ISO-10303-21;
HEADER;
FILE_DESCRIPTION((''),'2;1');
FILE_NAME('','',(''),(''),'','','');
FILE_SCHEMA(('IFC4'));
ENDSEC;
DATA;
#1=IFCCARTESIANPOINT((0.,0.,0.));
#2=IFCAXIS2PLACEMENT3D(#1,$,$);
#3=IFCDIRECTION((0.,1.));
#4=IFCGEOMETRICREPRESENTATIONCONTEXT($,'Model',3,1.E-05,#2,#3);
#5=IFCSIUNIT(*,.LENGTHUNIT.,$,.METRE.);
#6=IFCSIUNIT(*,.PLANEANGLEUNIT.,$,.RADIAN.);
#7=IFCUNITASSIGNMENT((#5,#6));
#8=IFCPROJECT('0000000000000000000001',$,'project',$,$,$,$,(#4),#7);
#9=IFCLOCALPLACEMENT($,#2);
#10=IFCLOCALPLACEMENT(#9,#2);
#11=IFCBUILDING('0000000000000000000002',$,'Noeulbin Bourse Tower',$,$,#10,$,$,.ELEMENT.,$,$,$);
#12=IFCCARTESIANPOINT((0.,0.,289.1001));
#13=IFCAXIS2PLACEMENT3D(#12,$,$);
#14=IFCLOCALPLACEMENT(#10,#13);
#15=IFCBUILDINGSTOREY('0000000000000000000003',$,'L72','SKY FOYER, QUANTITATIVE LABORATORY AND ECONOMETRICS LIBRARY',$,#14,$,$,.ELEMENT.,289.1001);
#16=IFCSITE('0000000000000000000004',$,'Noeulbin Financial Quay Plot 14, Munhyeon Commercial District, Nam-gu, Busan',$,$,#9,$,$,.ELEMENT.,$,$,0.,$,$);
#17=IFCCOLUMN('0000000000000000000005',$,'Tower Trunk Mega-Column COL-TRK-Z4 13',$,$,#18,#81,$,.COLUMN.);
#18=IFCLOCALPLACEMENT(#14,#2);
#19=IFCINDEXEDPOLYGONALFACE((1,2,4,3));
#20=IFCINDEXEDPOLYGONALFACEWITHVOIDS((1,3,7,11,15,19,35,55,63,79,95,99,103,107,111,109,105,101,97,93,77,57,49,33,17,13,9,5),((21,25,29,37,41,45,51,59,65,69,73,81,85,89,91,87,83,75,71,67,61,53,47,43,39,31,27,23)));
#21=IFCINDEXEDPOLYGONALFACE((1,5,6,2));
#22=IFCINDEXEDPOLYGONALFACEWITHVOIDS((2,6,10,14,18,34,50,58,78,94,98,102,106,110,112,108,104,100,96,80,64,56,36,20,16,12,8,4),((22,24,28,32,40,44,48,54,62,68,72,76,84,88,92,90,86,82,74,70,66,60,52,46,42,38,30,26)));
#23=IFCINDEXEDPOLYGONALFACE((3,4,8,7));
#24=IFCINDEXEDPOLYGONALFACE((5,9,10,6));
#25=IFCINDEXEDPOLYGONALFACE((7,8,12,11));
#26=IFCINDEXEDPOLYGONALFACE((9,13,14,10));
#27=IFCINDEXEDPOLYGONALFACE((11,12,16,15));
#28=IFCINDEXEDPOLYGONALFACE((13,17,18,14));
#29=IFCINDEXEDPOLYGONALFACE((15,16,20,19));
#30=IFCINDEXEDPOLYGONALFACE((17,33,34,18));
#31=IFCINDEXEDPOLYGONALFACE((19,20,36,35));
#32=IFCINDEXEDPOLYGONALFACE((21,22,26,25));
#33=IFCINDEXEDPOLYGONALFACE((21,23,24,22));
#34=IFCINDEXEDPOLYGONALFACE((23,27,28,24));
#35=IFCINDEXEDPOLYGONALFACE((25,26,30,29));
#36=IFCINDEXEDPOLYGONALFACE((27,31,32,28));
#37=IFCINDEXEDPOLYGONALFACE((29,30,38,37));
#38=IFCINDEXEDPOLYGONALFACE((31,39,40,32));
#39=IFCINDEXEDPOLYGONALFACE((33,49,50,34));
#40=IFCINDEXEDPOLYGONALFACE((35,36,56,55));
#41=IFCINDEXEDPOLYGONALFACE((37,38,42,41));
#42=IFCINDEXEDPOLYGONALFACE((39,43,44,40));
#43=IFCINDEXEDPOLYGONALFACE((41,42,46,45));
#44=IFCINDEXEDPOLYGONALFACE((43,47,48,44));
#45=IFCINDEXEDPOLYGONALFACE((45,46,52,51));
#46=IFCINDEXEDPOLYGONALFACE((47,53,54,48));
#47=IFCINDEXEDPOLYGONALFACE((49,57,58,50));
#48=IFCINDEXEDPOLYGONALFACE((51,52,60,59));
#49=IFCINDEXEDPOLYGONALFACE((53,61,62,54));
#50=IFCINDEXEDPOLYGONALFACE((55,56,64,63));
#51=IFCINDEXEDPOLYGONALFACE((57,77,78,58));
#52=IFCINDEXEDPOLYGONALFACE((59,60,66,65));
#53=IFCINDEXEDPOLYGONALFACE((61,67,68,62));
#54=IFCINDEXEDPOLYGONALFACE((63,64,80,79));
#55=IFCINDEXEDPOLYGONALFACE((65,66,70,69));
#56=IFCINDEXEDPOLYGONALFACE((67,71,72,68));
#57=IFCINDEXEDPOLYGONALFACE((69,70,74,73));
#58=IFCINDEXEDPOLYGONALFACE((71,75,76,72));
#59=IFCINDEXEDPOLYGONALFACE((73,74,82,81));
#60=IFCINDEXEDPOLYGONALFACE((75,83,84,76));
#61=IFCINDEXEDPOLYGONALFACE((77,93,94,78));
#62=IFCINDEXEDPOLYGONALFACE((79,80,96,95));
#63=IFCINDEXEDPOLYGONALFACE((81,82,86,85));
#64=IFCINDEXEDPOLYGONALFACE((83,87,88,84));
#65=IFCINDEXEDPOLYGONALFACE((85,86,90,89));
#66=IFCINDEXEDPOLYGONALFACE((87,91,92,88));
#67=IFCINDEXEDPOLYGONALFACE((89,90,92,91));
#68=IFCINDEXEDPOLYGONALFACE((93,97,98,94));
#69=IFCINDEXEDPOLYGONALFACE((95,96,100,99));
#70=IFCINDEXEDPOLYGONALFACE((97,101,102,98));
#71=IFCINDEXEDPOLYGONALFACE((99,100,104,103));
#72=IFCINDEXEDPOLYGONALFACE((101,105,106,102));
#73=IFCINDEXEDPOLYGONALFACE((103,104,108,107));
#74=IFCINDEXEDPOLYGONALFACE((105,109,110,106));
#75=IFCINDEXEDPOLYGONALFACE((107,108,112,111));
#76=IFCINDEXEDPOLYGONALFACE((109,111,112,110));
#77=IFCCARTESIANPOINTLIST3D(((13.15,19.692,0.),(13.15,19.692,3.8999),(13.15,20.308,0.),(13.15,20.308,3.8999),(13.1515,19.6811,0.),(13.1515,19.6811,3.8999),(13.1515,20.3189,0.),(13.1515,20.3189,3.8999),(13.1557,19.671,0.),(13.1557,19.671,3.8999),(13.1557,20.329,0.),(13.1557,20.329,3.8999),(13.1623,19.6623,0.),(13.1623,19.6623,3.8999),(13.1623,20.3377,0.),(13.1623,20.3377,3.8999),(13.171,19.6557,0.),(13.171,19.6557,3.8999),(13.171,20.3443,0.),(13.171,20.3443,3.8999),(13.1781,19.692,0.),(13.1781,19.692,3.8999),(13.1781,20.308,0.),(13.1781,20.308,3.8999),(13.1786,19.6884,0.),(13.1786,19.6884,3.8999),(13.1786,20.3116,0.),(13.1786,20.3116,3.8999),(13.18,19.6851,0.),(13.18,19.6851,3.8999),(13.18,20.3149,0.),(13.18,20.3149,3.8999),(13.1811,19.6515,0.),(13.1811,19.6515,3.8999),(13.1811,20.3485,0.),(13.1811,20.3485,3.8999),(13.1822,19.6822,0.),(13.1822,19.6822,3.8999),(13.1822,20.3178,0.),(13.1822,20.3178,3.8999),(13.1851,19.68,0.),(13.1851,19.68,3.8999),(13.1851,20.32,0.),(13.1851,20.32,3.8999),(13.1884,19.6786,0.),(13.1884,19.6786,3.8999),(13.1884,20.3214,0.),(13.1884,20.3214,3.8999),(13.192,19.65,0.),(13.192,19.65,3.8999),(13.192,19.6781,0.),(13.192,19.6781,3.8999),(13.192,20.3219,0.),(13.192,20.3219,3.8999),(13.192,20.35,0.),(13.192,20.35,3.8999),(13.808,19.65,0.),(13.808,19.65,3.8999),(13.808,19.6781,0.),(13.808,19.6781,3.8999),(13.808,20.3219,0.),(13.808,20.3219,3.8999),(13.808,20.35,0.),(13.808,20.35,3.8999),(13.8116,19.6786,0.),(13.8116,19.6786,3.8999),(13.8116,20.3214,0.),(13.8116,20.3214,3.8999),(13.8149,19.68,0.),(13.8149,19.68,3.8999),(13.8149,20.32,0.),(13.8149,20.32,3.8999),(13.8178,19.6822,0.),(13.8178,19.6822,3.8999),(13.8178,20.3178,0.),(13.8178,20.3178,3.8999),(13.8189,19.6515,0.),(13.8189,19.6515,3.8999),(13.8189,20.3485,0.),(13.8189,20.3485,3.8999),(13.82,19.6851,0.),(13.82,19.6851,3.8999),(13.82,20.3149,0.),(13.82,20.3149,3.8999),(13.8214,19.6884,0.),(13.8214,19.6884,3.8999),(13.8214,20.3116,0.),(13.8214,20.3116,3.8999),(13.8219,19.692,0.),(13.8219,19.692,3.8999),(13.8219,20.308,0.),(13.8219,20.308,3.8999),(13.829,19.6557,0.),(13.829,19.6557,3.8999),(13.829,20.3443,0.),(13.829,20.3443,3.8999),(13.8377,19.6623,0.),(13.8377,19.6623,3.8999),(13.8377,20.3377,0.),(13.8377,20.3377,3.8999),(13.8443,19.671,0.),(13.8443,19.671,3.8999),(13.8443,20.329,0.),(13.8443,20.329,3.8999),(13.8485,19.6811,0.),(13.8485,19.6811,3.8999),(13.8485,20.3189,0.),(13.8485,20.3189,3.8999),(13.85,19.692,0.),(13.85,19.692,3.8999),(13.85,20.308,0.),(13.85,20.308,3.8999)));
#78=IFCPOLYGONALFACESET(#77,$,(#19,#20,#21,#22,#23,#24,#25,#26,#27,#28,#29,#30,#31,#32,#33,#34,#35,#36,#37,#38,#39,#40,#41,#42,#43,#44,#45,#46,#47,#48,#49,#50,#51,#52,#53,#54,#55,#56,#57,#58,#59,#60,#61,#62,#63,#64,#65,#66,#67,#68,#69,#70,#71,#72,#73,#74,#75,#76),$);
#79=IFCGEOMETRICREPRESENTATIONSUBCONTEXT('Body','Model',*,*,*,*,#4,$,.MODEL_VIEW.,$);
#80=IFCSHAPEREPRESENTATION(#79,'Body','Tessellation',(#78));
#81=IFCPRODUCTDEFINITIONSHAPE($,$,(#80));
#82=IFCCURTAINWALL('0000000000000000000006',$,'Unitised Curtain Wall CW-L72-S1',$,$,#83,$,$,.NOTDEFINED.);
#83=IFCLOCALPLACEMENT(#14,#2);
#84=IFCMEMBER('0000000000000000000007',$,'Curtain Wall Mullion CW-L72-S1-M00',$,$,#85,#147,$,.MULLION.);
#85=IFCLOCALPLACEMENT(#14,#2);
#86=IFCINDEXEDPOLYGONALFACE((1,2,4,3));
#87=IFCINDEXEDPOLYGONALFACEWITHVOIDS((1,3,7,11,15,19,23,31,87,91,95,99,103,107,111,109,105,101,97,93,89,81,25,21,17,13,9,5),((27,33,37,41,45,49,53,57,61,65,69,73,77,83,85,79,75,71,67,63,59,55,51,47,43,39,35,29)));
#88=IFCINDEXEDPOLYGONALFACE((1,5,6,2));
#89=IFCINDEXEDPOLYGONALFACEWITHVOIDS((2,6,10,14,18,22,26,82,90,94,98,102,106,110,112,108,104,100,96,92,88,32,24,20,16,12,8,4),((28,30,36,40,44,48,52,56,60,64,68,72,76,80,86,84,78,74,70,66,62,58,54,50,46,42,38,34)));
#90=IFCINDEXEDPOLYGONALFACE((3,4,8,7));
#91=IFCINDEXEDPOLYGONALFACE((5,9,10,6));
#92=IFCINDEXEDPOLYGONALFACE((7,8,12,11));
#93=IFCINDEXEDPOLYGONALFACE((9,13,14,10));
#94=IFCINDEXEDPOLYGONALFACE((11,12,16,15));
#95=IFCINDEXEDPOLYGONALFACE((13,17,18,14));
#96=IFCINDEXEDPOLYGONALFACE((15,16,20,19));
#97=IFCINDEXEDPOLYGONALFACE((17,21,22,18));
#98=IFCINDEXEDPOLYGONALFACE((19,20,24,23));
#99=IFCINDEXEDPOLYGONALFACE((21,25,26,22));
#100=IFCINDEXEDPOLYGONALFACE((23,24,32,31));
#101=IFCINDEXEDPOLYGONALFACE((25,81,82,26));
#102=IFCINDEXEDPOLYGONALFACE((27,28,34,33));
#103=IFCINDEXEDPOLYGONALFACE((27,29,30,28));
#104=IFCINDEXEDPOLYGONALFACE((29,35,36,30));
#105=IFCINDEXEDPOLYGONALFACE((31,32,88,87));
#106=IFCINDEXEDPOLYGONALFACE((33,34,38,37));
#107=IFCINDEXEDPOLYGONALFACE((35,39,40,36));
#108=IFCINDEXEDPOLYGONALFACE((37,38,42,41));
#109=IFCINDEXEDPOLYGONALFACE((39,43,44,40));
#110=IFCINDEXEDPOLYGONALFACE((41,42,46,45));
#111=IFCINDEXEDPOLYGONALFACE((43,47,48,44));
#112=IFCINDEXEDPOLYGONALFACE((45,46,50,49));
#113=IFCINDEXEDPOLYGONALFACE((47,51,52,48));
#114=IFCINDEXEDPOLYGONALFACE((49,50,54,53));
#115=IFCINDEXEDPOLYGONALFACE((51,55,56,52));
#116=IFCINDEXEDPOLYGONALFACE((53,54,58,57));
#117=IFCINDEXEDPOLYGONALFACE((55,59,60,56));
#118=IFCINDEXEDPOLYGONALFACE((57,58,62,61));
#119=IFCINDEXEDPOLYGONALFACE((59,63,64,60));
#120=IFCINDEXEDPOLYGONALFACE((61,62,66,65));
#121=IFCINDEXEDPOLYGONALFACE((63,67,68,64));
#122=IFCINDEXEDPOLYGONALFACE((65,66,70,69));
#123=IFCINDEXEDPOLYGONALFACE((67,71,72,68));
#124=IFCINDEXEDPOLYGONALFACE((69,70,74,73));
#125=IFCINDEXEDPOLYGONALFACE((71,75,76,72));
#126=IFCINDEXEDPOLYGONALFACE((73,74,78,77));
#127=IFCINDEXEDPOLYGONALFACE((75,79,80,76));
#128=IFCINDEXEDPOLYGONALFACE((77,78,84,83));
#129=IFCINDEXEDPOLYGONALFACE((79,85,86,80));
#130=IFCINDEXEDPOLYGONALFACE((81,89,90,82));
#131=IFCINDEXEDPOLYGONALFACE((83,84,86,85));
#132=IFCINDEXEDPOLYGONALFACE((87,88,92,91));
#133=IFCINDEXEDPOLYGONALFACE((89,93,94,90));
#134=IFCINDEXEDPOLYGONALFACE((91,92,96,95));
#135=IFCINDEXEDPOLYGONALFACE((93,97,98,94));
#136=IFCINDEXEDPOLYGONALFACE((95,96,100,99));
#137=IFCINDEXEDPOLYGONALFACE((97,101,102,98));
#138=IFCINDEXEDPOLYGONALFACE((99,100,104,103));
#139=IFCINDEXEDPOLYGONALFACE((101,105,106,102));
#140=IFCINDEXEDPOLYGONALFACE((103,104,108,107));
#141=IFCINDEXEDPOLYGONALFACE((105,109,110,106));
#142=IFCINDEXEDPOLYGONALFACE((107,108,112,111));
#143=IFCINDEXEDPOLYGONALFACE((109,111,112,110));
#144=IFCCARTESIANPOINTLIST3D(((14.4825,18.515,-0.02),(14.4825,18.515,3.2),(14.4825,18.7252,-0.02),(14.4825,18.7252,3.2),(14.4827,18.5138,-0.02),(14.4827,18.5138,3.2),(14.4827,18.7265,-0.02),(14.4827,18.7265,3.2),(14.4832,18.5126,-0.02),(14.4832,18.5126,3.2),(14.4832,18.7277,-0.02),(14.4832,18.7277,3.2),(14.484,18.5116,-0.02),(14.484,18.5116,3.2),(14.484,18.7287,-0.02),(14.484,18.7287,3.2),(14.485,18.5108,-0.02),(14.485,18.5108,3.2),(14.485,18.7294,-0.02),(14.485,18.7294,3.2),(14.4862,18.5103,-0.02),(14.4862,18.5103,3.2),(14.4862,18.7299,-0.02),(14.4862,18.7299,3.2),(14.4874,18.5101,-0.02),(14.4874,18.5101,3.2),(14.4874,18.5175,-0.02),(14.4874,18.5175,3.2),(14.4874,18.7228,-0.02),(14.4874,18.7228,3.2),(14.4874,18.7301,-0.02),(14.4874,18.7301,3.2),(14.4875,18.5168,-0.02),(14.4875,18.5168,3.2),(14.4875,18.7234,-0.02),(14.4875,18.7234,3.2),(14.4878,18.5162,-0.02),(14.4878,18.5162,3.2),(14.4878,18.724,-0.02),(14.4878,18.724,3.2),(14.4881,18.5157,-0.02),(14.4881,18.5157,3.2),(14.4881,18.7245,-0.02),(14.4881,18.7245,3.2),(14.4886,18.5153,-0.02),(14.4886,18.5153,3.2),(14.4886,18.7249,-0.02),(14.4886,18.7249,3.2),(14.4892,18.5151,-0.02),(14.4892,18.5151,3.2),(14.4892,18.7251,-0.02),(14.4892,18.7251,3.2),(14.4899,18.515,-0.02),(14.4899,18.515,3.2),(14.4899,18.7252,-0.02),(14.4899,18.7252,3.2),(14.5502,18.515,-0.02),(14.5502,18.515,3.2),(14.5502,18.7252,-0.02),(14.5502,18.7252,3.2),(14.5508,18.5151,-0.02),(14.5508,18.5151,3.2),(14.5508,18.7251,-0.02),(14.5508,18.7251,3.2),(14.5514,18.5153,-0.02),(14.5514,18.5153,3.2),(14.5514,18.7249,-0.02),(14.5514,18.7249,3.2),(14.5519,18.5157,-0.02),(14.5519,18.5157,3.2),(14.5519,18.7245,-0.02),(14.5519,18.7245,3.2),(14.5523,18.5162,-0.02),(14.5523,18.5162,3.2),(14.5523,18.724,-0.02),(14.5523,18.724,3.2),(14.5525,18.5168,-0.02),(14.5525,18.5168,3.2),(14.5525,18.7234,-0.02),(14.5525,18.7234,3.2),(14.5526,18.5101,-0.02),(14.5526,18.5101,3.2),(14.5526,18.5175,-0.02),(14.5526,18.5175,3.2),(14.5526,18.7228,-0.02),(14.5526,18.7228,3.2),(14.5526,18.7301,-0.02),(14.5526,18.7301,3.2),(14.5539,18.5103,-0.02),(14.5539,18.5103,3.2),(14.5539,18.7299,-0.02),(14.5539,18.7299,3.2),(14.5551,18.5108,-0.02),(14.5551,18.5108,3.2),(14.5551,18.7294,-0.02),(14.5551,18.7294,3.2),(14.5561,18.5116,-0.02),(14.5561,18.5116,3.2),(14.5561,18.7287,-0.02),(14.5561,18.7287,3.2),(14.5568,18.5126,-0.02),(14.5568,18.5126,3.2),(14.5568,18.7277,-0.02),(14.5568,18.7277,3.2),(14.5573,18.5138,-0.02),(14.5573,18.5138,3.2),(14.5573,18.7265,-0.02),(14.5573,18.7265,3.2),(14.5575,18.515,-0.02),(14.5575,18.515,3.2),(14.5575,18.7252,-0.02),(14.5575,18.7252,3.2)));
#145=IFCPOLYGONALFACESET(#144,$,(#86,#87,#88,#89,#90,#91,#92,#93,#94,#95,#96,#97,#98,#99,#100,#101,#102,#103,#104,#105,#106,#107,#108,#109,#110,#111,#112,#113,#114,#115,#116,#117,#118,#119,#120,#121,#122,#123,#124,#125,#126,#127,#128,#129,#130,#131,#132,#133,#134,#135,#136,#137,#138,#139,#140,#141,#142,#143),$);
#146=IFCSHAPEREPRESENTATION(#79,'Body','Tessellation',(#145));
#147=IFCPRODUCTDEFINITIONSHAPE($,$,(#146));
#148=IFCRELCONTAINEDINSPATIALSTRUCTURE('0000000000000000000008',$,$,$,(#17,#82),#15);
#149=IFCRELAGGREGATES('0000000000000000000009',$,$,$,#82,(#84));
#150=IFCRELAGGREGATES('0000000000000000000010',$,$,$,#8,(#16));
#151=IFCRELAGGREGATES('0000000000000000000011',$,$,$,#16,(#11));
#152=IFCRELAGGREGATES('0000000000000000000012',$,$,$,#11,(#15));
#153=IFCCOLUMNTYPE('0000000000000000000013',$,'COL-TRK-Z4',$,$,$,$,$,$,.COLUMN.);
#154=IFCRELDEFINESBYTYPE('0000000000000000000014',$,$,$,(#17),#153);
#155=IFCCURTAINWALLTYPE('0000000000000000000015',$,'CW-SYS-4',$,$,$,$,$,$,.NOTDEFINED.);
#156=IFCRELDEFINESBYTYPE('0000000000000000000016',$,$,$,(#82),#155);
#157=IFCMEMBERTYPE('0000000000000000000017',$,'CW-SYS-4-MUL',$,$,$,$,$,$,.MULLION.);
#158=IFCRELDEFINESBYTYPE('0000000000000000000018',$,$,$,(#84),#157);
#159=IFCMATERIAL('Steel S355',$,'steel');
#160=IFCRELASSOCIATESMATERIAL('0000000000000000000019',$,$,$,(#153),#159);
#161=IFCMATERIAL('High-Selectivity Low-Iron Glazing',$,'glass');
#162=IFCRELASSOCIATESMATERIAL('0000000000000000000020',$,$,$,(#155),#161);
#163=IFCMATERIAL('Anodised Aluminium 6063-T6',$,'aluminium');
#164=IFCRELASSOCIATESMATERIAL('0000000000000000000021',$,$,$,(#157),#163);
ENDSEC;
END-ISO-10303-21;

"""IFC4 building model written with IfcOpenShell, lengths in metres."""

from ifc_helpers import new_model, si_unit, direction, frame, origin, origin_2d, place, context, subcontext, project, spatial, hollow_rectangle, extrude, material, material_profile, profile_set, type_object, element, aggregate, save


model = new_model("IFC4")

# Units and contexts
model_context = context("Model", 3, precision=1e-05, world=origin(), true_north=direction((0.0, 1.0)))
body_context = subcontext(model_context, "Body", "Model", "MODEL_VIEW")
ifc_project = project(units=[si_unit("LENGTHUNIT", "METRE"), si_unit("PLANEANGLEUNIT", "RADIAN")], contexts=[model_context])

# Site, building, storey
site_placement = place(None, origin())
site = spatial("IfcSite", under=ifc_project, at=site_placement, Name="Noeulbin Financial Quay Plot 14, Munhyeon Commercial District, Nam-gu, Busan", CompositionType="ELEMENT", RefElevation=0.0)
building_placement = place(site_placement, origin())
building = spatial("IfcBuilding", under=site, at=building_placement, Name="Noeulbin Bourse Tower", CompositionType="ELEMENT")
storey_placement = place(building_placement, frame((0.0, 0.0, 289.1001)))
storey = spatial("IfcBuildingStorey", under=building, at=storey_placement, Name="L72", Description="SKY FOYER, QUANTITATIVE LABORATORY AND ECONOMETRICS LIBRARY", CompositionType="ELEMENT", Elevation=289.1001)

# Column
ifc_material_1 = material(Name="Steel S355", Category="steel")
ifc_material_profile_1 = material_profile(ifc_material_1, hollow_rectangle(XDim=0.7, YDim=0.7, WallThickness=0.0281, InnerFilletRadius=0.0139, OuterFilletRadius=0.042, at=origin_2d()), Name="BOX-700x700x28", Category="LoadBearing")
ifc_profile_set_1 = profile_set([ifc_material_profile_1], Name="Steel S355")
column_type = type_object("IfcColumnType", Name="COL-TRK-Z4", PredefinedType="COLUMN", material=ifc_profile_set_1)
column_placement = place(storey_placement, frame((13.5, 20.0, 0.0), z_axis=(0.0, 0.0, 1.0), x_axis=(1.0, 0.0, 0.0)))
element("IfcColumn", 1, at=column_placement, inside=storey, type_object=column_type, Name="Tower Trunk Mega-Column COL-TRK-Z4 13", PredefinedType="COLUMN", context=body_context, shape_type="SweptSolid", body=[
    extrude(hollow_rectangle(XDim=0.7, YDim=0.7, WallThickness=0.0281, InnerFilletRadius=0.0139, OuterFilletRadius=0.042, at=origin_2d()), origin(), (0.0, 0.0, 1.0), 3.8999),
])

# Curtain wall, member
ifc_material_2 = material(Name="High-Selectivity Low-Iron Glazing", Category="glass")
curtain_wall_type = type_object("IfcCurtainWallType", Name="CW-SYS-4", PredefinedType="NOTDEFINED", material=ifc_material_2)
curtain_wall_placement = place(storey_placement, origin())
curtain_wall = element("IfcCurtainWall", 2, at=curtain_wall_placement, inside=storey, type_object=curtain_wall_type, Name="Unitised Curtain Wall CW-L72-S1", PredefinedType="NOTDEFINED")
ifc_material_3 = material(Name="Anodised Aluminium 6063-T6", Category="aluminium")
ifc_material_profile_2 = material_profile(ifc_material_3, hollow_rectangle(XDim=0.075, YDim=0.22, WallThickness=0.0049, InnerFilletRadius=0.0024, OuterFilletRadius=0.0049, at=origin_2d()), Name="ALU-MULL-75x220x5", Category="LoadBearing")
ifc_profile_set_2 = profile_set([ifc_material_profile_2], Name="Anodised Aluminium 6063-T6")
member_type_1 = type_object("IfcMemberType", Name="CW-SYS-4-MUL", PredefinedType="MULLION", material=ifc_profile_set_2)
member_1_placement = place(storey_placement, frame((14.52, 18.6201, -0.02), z_axis=(0.0, 0.0, 1.0), x_axis=(1.0, 0.0, 0.0)))
member_1 = element("IfcMember", 3, at=member_1_placement, type_object=member_type_1, Name="Curtain Wall Mullion CW-L72-S1-M00", PredefinedType="MULLION", context=body_context, shape_type="SweptSolid", body=[
    extrude(hollow_rectangle(XDim=0.075, YDim=0.22, WallThickness=0.0049, InnerFilletRadius=0.0024, OuterFilletRadius=0.0049, at=origin_2d()), origin(), (0.0, 0.0, 1.0), 3.22),
])
aggregate(curtain_wall, [member_1])

save(model, "model.ifc")
